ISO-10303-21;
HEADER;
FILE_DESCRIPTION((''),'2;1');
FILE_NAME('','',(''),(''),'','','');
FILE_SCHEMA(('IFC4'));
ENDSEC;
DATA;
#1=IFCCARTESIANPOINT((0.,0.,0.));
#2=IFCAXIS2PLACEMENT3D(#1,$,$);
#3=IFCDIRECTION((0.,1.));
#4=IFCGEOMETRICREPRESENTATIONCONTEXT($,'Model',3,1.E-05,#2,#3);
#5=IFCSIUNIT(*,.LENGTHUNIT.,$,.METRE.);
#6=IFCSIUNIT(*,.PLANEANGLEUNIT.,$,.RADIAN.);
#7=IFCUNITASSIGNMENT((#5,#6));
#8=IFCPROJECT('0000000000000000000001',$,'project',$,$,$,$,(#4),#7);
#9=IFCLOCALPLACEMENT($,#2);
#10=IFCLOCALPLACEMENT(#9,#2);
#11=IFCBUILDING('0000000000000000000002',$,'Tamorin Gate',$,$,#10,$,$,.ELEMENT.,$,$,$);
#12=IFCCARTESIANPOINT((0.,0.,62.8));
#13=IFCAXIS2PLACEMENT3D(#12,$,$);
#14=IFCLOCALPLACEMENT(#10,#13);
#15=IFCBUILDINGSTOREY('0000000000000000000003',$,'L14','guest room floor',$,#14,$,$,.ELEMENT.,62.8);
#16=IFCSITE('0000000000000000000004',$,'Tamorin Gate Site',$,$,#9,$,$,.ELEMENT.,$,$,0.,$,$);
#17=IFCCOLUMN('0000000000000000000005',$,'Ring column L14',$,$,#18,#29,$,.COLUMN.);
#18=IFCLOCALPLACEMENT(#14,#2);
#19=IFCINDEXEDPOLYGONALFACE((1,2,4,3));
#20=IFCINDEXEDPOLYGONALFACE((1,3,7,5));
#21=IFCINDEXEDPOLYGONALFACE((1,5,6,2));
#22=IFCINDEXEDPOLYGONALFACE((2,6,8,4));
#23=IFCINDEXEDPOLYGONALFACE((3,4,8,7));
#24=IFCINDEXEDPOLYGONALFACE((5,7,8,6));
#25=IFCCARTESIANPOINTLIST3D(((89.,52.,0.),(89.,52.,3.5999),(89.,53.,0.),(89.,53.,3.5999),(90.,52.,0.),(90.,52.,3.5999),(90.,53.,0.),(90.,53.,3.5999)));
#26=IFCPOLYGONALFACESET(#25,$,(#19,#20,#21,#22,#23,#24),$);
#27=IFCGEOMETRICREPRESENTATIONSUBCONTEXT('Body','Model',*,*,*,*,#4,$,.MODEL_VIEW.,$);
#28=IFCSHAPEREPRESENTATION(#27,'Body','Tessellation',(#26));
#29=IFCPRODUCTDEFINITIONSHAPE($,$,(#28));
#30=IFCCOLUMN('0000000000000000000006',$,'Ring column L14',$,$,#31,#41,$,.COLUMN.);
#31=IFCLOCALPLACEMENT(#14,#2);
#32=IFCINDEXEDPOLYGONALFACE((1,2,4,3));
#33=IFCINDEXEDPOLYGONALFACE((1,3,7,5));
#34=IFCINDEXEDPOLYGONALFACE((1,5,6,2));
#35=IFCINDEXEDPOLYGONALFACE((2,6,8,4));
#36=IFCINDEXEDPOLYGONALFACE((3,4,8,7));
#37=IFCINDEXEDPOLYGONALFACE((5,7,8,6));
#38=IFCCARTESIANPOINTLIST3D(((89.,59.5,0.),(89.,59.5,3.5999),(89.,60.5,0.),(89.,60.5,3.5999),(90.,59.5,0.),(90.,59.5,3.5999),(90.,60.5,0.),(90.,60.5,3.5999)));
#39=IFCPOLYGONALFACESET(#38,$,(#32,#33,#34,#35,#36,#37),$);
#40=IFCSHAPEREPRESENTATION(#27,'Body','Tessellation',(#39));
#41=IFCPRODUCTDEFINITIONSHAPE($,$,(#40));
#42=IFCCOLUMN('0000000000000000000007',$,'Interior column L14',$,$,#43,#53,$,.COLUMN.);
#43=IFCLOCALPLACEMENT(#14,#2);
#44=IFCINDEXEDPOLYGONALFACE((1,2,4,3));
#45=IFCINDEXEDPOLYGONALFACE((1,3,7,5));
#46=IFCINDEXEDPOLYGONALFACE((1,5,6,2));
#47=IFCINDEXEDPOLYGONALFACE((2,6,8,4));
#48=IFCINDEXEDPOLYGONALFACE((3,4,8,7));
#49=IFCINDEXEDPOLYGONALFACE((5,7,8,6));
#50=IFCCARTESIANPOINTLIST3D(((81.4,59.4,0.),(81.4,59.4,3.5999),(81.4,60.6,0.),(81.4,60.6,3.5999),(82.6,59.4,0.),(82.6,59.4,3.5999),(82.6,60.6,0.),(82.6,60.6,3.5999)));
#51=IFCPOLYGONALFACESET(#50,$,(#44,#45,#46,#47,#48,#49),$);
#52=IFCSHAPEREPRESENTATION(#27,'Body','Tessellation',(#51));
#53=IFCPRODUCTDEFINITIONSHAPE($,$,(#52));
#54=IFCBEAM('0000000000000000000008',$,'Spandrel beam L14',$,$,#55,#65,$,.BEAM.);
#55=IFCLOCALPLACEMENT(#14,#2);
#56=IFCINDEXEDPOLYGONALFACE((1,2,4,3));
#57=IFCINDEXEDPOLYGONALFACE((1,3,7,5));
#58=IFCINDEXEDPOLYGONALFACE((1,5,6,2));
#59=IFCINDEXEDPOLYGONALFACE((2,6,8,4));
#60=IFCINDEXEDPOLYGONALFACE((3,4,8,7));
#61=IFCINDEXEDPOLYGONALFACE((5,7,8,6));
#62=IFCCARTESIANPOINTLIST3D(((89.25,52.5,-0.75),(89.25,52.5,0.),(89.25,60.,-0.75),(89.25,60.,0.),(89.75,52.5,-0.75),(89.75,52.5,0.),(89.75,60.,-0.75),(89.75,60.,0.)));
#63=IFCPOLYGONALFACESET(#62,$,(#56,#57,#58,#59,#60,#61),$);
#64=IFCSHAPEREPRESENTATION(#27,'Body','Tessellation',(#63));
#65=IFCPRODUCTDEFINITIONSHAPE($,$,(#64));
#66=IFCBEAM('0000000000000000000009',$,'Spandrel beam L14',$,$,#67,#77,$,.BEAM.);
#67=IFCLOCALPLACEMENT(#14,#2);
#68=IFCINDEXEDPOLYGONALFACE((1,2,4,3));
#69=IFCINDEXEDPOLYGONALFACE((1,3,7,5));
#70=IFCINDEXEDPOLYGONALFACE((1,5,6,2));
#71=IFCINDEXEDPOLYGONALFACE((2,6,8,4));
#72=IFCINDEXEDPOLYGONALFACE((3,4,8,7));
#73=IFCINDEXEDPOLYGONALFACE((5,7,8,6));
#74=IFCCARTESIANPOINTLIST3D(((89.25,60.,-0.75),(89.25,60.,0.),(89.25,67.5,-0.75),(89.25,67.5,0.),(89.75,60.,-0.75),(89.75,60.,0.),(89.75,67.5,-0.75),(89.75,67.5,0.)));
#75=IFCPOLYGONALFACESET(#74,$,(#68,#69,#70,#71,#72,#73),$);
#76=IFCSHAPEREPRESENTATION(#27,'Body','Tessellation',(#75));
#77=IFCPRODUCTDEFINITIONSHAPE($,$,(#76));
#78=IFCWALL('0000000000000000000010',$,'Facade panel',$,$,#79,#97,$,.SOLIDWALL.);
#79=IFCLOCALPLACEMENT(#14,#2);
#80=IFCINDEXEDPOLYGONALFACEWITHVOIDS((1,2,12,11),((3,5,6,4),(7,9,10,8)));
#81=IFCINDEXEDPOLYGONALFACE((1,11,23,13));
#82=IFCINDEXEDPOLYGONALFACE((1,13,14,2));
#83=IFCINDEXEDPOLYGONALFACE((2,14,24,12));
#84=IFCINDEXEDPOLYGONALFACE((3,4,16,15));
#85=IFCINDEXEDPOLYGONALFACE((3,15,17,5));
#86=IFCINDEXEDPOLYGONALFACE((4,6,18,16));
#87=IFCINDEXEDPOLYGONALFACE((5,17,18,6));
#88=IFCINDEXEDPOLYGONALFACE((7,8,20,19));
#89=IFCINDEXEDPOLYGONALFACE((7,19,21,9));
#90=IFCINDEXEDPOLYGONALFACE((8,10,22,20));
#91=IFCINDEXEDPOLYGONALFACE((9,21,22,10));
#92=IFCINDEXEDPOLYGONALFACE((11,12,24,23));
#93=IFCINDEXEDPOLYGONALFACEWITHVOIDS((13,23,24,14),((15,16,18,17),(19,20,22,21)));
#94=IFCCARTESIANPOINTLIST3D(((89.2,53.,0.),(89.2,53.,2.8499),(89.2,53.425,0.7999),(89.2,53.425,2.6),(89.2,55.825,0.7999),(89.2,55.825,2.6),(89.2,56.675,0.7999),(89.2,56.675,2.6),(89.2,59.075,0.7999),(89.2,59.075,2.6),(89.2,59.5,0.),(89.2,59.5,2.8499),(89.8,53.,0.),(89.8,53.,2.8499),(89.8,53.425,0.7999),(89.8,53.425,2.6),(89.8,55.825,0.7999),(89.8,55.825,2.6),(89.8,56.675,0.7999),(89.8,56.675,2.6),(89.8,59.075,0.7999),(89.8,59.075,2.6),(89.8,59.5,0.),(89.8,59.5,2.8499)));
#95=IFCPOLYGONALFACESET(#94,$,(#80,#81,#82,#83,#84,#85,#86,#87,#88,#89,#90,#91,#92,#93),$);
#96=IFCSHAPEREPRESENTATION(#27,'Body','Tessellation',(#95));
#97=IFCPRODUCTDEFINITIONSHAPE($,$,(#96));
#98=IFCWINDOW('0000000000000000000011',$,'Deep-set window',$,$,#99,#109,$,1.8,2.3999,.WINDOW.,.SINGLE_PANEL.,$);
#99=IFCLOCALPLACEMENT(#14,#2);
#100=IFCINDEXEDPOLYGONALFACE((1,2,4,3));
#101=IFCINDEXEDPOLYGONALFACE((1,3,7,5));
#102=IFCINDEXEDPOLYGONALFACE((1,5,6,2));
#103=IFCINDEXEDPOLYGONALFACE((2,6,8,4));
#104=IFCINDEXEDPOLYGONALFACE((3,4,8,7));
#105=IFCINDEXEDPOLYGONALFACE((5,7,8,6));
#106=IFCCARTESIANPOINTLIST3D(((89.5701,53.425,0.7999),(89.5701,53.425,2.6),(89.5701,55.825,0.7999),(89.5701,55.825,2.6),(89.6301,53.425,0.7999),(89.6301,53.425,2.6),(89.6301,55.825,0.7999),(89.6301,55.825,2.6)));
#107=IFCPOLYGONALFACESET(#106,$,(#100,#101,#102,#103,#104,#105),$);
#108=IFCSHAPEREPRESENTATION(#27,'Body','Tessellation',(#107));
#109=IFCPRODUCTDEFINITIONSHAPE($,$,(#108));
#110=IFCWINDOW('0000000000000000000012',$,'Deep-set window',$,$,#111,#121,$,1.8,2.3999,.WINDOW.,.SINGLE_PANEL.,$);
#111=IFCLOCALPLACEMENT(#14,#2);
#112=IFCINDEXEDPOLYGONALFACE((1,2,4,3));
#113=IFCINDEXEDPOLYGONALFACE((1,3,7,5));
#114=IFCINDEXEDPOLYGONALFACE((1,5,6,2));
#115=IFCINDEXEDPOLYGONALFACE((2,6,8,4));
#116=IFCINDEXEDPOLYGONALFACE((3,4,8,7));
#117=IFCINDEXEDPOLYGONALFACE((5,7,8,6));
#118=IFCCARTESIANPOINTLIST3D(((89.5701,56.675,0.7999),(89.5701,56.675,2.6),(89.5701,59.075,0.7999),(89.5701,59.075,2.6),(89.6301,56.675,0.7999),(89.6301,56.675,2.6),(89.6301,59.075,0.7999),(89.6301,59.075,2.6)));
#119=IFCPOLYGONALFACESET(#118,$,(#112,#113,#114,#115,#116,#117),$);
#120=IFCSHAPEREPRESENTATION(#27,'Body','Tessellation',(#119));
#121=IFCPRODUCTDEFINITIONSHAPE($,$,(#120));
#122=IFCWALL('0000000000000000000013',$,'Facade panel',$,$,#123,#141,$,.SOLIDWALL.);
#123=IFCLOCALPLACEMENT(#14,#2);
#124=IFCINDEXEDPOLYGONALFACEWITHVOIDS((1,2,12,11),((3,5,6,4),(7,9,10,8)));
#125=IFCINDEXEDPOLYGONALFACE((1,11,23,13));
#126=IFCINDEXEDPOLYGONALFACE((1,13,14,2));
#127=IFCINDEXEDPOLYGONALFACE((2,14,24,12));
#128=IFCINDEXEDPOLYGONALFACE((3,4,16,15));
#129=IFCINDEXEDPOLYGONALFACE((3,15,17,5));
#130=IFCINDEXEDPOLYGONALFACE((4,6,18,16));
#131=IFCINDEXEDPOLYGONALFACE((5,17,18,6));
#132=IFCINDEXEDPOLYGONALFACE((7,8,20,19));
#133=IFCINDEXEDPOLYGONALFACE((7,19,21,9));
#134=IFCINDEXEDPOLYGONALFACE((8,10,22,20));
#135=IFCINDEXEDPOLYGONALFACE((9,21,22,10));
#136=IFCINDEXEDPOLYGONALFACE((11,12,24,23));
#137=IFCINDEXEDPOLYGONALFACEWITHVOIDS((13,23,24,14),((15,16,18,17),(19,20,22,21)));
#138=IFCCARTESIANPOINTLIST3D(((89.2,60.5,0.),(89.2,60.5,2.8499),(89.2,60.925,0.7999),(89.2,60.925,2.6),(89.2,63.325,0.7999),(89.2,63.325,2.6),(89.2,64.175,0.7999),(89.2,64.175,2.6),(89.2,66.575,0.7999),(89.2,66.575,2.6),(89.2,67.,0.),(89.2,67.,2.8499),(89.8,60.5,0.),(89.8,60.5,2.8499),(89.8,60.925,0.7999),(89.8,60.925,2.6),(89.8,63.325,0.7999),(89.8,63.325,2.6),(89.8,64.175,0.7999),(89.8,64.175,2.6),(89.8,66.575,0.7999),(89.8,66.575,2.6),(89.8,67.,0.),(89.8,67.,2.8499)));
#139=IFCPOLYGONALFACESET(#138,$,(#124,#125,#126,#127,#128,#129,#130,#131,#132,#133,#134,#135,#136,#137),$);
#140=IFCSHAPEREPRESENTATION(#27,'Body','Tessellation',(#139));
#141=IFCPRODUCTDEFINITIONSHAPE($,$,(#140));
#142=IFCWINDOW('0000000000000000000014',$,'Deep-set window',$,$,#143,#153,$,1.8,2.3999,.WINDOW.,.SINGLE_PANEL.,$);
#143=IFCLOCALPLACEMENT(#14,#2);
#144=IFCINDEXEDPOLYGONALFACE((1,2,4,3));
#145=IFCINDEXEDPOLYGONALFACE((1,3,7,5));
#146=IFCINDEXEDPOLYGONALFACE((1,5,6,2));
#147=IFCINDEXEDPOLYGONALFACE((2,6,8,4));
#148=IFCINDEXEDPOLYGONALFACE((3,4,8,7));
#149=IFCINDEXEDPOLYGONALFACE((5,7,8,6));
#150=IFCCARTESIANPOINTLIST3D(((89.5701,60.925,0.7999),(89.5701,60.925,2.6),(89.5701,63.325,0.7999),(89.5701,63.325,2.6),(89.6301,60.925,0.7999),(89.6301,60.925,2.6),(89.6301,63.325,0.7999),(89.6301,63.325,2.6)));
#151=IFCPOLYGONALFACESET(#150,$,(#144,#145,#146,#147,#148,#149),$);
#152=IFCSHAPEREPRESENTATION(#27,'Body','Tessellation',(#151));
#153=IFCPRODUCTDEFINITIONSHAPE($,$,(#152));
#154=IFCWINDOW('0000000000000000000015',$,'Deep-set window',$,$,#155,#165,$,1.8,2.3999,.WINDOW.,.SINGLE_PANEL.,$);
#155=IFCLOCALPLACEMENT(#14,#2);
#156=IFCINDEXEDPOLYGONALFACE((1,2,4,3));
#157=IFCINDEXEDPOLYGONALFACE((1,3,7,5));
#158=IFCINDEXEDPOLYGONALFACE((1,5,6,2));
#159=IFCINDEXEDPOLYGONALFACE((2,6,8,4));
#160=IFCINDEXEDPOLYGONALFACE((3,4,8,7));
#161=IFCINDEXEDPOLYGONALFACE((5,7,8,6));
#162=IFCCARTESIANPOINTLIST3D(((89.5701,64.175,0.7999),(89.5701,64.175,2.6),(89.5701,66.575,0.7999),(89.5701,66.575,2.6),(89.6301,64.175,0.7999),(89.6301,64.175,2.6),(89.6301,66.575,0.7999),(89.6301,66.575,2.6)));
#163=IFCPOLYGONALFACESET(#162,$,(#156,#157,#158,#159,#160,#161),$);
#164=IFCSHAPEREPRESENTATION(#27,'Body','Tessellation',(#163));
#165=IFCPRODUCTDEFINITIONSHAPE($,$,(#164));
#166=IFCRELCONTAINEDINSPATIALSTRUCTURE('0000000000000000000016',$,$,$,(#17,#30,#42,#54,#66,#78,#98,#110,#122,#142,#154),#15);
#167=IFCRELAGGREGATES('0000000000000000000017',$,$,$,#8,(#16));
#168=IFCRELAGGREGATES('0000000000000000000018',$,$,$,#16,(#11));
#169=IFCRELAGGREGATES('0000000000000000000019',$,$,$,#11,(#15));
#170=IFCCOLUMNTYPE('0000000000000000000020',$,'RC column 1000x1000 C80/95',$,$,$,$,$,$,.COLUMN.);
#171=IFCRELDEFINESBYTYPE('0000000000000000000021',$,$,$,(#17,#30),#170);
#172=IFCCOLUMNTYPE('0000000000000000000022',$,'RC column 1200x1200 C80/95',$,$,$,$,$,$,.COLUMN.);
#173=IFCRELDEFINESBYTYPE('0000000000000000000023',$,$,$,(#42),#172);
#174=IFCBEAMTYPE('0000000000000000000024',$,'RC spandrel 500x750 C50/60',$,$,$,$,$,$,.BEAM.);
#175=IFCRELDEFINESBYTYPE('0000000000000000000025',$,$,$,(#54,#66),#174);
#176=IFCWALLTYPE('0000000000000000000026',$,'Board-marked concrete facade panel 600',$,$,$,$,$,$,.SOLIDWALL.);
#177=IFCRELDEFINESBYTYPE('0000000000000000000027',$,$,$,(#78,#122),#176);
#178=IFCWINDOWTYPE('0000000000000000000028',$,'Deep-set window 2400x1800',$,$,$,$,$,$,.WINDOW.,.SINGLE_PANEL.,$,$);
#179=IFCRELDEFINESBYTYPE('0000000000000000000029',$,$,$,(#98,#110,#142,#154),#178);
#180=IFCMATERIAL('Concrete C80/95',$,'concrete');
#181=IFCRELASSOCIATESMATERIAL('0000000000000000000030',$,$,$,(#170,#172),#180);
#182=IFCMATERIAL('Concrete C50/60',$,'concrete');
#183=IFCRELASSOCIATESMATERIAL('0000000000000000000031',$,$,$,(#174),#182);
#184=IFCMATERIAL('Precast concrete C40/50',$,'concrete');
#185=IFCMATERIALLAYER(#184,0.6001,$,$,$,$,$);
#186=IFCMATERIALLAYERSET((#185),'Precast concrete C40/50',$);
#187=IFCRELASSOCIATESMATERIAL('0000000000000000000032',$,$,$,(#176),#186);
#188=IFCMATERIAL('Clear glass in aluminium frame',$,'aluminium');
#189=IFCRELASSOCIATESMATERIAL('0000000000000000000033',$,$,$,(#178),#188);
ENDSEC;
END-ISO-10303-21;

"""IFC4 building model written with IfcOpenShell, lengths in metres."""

from ifc_helpers import new_model, si_unit, direction, frame, frame_2d, origin, origin_2d, place, context, subcontext, project, spatial, rectangle, extrude, material, layer, layer_set, material_profile, profile_set, type_object, element, fill, save


model = new_model("IFC4")

# Units and contexts
model_context = context("Model", 3, precision=1e-05, world=origin(), true_north=direction((0.0, 1.0)))
body_context = subcontext(model_context, "Body", "Model", "MODEL_VIEW")
ifc_project = project(units=[si_unit("LENGTHUNIT", "METRE"), si_unit("PLANEANGLEUNIT", "RADIAN")], contexts=[model_context])

# Site, building, storey
site_placement = place(None, origin())
site = spatial("IfcSite", under=ifc_project, at=site_placement, Name="Tamorin Gate Site", CompositionType="ELEMENT", RefElevation=0.0)
building_placement = place(site_placement, origin())
building = spatial("IfcBuilding", under=site, at=building_placement, Name="Tamorin Gate", CompositionType="ELEMENT")
storey_placement = place(building_placement, frame((0.0, 0.0, 62.8)))
storey = spatial("IfcBuildingStorey", under=building, at=storey_placement, Name="L14", Description="guest room floor", CompositionType="ELEMENT", Elevation=62.8)

# Columns
ifc_material_1 = material(Name="Concrete C80/95", Category="concrete")
ifc_material_profile_1 = material_profile(ifc_material_1, rectangle(XDim=1.0, YDim=1.0, at=origin_2d()), Name="RC 1000x1000")
ifc_profile_set_1 = profile_set([ifc_material_profile_1], Name="Concrete C80/95")
column_type_1 = type_object("IfcColumnType", Name="RC column 1000x1000 C80/95", PredefinedType="COLUMN", material=ifc_profile_set_1)
for number, where, z_axis, x_axis, name in (
    (1, (89.5, 52.5, 0.0), (0.0, 0.0, 1.0), (1.0, 0.0, 0.0), "Ring column L14"),
    (2, (89.5, 60.0, 0.0), (0.0, 0.0, 1.0), (1.0, 0.0, 0.0), "Ring column L14"),
):
    element("IfcColumn", number, at=place(storey_placement, frame(where, z_axis=z_axis, x_axis=x_axis)), inside=storey, type_object=column_type_1, Name=name, PredefinedType="COLUMN", context=body_context, shape_type="SweptSolid", body=[
        extrude(rectangle(XDim=1.0, YDim=1.0, at=origin_2d()), origin(), (0.0, 0.0, 1.0), 3.5999),
    ])
ifc_material_profile_2 = material_profile(ifc_material_1, rectangle(XDim=1.2, YDim=1.2, at=origin_2d()), Name="RC 1200x1200")
ifc_profile_set_2 = profile_set([ifc_material_profile_2], Name="Concrete C80/95")
column_type_2 = type_object("IfcColumnType", Name="RC column 1200x1200 C80/95", PredefinedType="COLUMN", material=ifc_profile_set_2)
column_placement = place(storey_placement, frame((82.0, 60.0, 0.0), z_axis=(0.0, 0.0, 1.0), x_axis=(1.0, 0.0, 0.0)))
element("IfcColumn", 3, at=column_placement, inside=storey, type_object=column_type_2, Name="Interior column L14", PredefinedType="COLUMN", context=body_context, shape_type="SweptSolid", body=[
    extrude(rectangle(XDim=1.2, YDim=1.2, at=origin_2d()), origin(), (0.0, 0.0, 1.0), 3.5999),
])

# Beams
ifc_material_2 = material(Name="Concrete C50/60", Category="concrete")
ifc_material_profile_3 = material_profile(ifc_material_2, rectangle(XDim=0.5, YDim=0.75, at=origin_2d()), Name="RC 500x750")
ifc_profile_set_3 = profile_set([ifc_material_profile_3], Name="Concrete C50/60")
beam_type = type_object("IfcBeamType", Name="RC spandrel 500x750 C50/60", PredefinedType="BEAM", material=ifc_profile_set_3)
for number, where, z_axis, x_axis, name in (
    (4, (89.5, 52.5, -0.375), (0.0, 1.0, 0.0), (-1.0, 0.0, 0.0), "Spandrel beam L14"),
    (5, (89.5, 60.0, -0.375), (0.0, 1.0, 0.0), (-1.0, 0.0, 0.0), "Spandrel beam L14"),
):
    element("IfcBeam", number, at=place(storey_placement, frame(where, z_axis=z_axis, x_axis=x_axis)), inside=storey, type_object=beam_type, Name=name, PredefinedType="BEAM", context=body_context, shape_type="SweptSolid", body=[
        extrude(rectangle(XDim=0.5, YDim=0.75, at=origin_2d()), origin(), (0.0, 0.0, 1.0), 7.5),
    ])

# Walls, openings, windows
ifc_material_3 = material(Name="Precast concrete C40/50", Category="concrete")
ifc_layer_1 = layer(ifc_material_3, 0.6001)
ifc_layer_set_1 = layer_set([ifc_layer_1], Name="Precast concrete C40/50")
wall_type_1 = type_object("IfcWallType", Name="Board-marked concrete facade panel 600", PredefinedType="SOLIDWALL", material=ifc_layer_set_1)
wall_1_placement = place(storey_placement, frame((89.5, 53.0, 0.0), z_axis=(0.0, 0.0, 1.0), x_axis=(0.0, 1.0, 0.0)))
wall_1 = element("IfcWall", 6, at=wall_1_placement, inside=storey, type_object=wall_type_1, Name="Facade panel", PredefinedType="SOLIDWALL", context=body_context, shape_type="SweptSolid", body=[
    extrude(rectangle(XDim=6.5, YDim=0.6001, at=frame_2d((3.25, 0.0))), origin(), (0.0, 0.0, 1.0), 2.8499),
])
opening_1_placement = place(wall_1_placement, frame((0.425, 0.0, 0.8)))
opening_1 = element("IfcOpeningElement", 7, at=opening_1_placement, cuts=wall_1, PredefinedType="OPENING", context=body_context, shape_type="SweptSolid", body=[
    extrude(rectangle(XDim=2.3999, YDim=1.8, at=frame_2d((1.2, 0.8999))), frame((0.0, 0.3101, 0.0), z_axis=(0.0, -1.0, 0.0), x_axis=(1.0, 0.0, 0.0)), (0.0, 0.0, 1.0), 0.6201),
])
opening_2_placement = place(wall_1_placement, frame((3.675, 0.0, 0.8)))
opening_2 = element("IfcOpeningElement", 8, at=opening_2_placement, cuts=wall_1, PredefinedType="OPENING", context=body_context, shape_type="SweptSolid", body=[
    extrude(rectangle(XDim=2.3999, YDim=1.8, at=frame_2d((1.2, 0.8999))), frame((0.0, 0.3101, 0.0), z_axis=(0.0, -1.0, 0.0), x_axis=(1.0, 0.0, 0.0)), (0.0, 0.0, 1.0), 0.6201),
])
ifc_material_4 = material(Name="Clear glass in aluminium frame", Category="aluminium")
window_type = type_object("IfcWindowType", Name="Deep-set window 2400x1800", PartitioningType="SINGLE_PANEL", PredefinedType="WINDOW", material=ifc_material_4)
window_1_placement = place(opening_1_placement, origin())
window_1 = element("IfcWindow", 9, at=window_1_placement, inside=storey, type_object=window_type, Name="Deep-set window", OverallHeight=1.8, OverallWidth=2.3999, PartitioningType="SINGLE_PANEL", PredefinedType="WINDOW", context=body_context, shape_type="SweptSolid", body=[
    extrude(rectangle(XDim=2.3999, YDim=1.8, at=frame_2d((1.2, 0.8999))), frame((0.0, -0.0701, 0.0), z_axis=(0.0, -1.0, 0.0), x_axis=(1.0, 0.0, 0.0)), (0.0, 0.0, 1.0), 0.0601),
])
fill(opening_1, window_1)
window_2_placement = place(opening_2_placement, origin())
window_2 = element("IfcWindow", 10, at=window_2_placement, inside=storey, type_object=window_type, Name="Deep-set window", OverallHeight=1.8, OverallWidth=2.3999, PartitioningType="SINGLE_PANEL", PredefinedType="WINDOW", context=body_context, shape_type="SweptSolid", body=[
    extrude(rectangle(XDim=2.3999, YDim=1.8, at=frame_2d((1.2, 0.8999))), frame((0.0, -0.0701, 0.0), z_axis=(0.0, -1.0, 0.0), x_axis=(1.0, 0.0, 0.0)), (0.0, 0.0, 1.0), 0.0601),
])
fill(opening_2, window_2)
wall_2_placement = place(storey_placement, frame((89.5, 60.5, 0.0), z_axis=(0.0, 0.0, 1.0), x_axis=(0.0, 1.0, 0.0)))
wall_2 = element("IfcWall", 11, at=wall_2_placement, inside=storey, type_object=wall_type_1, Name="Facade panel", PredefinedType="SOLIDWALL", context=body_context, shape_type="SweptSolid", body=[
    extrude(rectangle(XDim=6.5, YDim=0.6001, at=frame_2d((3.25, 0.0))), origin(), (0.0, 0.0, 1.0), 2.8499),
])
opening_3_placement = place(wall_2_placement, frame((0.425, 0.0, 0.8)))
opening_3 = element("IfcOpeningElement", 12, at=opening_3_placement, cuts=wall_2, PredefinedType="OPENING", context=body_context, shape_type="SweptSolid", body=[
    extrude(rectangle(XDim=2.3999, YDim=1.8, at=frame_2d((1.2, 0.8999))), frame((0.0, 0.3101, 0.0), z_axis=(0.0, -1.0, 0.0), x_axis=(1.0, 0.0, 0.0)), (0.0, 0.0, 1.0), 0.6201),
])
opening_4_placement = place(wall_2_placement, frame((3.675, 0.0, 0.8)))
opening_4 = element("IfcOpeningElement", 13, at=opening_4_placement, cuts=wall_2, PredefinedType="OPENING", context=body_context, shape_type="SweptSolid", body=[
    extrude(rectangle(XDim=2.3999, YDim=1.8, at=frame_2d((1.2, 0.8999))), frame((0.0, 0.3101, 0.0), z_axis=(0.0, -1.0, 0.0), x_axis=(1.0, 0.0, 0.0)), (0.0, 0.0, 1.0), 0.6201),
])
window_3_placement = place(opening_3_placement, origin())
window_3 = element("IfcWindow", 14, at=window_3_placement, inside=storey, type_object=window_type, Name="Deep-set window", OverallHeight=1.8, OverallWidth=2.3999, PartitioningType="SINGLE_PANEL", PredefinedType="WINDOW", context=body_context, shape_type="SweptSolid", body=[
    extrude(rectangle(XDim=2.3999, YDim=1.8, at=frame_2d((1.2, 0.8999))), frame((0.0, -0.0701, 0.0), z_axis=(0.0, -1.0, 0.0), x_axis=(1.0, 0.0, 0.0)), (0.0, 0.0, 1.0), 0.0601),
])
fill(opening_3, window_3)
window_4_placement = place(opening_4_placement, origin())
window_4 = element("IfcWindow", 15, at=window_4_placement, inside=storey, type_object=window_type, Name="Deep-set window", OverallHeight=1.8, OverallWidth=2.3999, PartitioningType="SINGLE_PANEL", PredefinedType="WINDOW", context=body_context, shape_type="SweptSolid", body=[
    extrude(rectangle(XDim=2.3999, YDim=1.8, at=frame_2d((1.2, 0.8999))), frame((0.0, -0.0701, 0.0), z_axis=(0.0, -1.0, 0.0), x_axis=(1.0, 0.0, 0.0)), (0.0, 0.0, 1.0), 0.0601),
])
fill(opening_4, window_4)

save(model, "model.ifc")
